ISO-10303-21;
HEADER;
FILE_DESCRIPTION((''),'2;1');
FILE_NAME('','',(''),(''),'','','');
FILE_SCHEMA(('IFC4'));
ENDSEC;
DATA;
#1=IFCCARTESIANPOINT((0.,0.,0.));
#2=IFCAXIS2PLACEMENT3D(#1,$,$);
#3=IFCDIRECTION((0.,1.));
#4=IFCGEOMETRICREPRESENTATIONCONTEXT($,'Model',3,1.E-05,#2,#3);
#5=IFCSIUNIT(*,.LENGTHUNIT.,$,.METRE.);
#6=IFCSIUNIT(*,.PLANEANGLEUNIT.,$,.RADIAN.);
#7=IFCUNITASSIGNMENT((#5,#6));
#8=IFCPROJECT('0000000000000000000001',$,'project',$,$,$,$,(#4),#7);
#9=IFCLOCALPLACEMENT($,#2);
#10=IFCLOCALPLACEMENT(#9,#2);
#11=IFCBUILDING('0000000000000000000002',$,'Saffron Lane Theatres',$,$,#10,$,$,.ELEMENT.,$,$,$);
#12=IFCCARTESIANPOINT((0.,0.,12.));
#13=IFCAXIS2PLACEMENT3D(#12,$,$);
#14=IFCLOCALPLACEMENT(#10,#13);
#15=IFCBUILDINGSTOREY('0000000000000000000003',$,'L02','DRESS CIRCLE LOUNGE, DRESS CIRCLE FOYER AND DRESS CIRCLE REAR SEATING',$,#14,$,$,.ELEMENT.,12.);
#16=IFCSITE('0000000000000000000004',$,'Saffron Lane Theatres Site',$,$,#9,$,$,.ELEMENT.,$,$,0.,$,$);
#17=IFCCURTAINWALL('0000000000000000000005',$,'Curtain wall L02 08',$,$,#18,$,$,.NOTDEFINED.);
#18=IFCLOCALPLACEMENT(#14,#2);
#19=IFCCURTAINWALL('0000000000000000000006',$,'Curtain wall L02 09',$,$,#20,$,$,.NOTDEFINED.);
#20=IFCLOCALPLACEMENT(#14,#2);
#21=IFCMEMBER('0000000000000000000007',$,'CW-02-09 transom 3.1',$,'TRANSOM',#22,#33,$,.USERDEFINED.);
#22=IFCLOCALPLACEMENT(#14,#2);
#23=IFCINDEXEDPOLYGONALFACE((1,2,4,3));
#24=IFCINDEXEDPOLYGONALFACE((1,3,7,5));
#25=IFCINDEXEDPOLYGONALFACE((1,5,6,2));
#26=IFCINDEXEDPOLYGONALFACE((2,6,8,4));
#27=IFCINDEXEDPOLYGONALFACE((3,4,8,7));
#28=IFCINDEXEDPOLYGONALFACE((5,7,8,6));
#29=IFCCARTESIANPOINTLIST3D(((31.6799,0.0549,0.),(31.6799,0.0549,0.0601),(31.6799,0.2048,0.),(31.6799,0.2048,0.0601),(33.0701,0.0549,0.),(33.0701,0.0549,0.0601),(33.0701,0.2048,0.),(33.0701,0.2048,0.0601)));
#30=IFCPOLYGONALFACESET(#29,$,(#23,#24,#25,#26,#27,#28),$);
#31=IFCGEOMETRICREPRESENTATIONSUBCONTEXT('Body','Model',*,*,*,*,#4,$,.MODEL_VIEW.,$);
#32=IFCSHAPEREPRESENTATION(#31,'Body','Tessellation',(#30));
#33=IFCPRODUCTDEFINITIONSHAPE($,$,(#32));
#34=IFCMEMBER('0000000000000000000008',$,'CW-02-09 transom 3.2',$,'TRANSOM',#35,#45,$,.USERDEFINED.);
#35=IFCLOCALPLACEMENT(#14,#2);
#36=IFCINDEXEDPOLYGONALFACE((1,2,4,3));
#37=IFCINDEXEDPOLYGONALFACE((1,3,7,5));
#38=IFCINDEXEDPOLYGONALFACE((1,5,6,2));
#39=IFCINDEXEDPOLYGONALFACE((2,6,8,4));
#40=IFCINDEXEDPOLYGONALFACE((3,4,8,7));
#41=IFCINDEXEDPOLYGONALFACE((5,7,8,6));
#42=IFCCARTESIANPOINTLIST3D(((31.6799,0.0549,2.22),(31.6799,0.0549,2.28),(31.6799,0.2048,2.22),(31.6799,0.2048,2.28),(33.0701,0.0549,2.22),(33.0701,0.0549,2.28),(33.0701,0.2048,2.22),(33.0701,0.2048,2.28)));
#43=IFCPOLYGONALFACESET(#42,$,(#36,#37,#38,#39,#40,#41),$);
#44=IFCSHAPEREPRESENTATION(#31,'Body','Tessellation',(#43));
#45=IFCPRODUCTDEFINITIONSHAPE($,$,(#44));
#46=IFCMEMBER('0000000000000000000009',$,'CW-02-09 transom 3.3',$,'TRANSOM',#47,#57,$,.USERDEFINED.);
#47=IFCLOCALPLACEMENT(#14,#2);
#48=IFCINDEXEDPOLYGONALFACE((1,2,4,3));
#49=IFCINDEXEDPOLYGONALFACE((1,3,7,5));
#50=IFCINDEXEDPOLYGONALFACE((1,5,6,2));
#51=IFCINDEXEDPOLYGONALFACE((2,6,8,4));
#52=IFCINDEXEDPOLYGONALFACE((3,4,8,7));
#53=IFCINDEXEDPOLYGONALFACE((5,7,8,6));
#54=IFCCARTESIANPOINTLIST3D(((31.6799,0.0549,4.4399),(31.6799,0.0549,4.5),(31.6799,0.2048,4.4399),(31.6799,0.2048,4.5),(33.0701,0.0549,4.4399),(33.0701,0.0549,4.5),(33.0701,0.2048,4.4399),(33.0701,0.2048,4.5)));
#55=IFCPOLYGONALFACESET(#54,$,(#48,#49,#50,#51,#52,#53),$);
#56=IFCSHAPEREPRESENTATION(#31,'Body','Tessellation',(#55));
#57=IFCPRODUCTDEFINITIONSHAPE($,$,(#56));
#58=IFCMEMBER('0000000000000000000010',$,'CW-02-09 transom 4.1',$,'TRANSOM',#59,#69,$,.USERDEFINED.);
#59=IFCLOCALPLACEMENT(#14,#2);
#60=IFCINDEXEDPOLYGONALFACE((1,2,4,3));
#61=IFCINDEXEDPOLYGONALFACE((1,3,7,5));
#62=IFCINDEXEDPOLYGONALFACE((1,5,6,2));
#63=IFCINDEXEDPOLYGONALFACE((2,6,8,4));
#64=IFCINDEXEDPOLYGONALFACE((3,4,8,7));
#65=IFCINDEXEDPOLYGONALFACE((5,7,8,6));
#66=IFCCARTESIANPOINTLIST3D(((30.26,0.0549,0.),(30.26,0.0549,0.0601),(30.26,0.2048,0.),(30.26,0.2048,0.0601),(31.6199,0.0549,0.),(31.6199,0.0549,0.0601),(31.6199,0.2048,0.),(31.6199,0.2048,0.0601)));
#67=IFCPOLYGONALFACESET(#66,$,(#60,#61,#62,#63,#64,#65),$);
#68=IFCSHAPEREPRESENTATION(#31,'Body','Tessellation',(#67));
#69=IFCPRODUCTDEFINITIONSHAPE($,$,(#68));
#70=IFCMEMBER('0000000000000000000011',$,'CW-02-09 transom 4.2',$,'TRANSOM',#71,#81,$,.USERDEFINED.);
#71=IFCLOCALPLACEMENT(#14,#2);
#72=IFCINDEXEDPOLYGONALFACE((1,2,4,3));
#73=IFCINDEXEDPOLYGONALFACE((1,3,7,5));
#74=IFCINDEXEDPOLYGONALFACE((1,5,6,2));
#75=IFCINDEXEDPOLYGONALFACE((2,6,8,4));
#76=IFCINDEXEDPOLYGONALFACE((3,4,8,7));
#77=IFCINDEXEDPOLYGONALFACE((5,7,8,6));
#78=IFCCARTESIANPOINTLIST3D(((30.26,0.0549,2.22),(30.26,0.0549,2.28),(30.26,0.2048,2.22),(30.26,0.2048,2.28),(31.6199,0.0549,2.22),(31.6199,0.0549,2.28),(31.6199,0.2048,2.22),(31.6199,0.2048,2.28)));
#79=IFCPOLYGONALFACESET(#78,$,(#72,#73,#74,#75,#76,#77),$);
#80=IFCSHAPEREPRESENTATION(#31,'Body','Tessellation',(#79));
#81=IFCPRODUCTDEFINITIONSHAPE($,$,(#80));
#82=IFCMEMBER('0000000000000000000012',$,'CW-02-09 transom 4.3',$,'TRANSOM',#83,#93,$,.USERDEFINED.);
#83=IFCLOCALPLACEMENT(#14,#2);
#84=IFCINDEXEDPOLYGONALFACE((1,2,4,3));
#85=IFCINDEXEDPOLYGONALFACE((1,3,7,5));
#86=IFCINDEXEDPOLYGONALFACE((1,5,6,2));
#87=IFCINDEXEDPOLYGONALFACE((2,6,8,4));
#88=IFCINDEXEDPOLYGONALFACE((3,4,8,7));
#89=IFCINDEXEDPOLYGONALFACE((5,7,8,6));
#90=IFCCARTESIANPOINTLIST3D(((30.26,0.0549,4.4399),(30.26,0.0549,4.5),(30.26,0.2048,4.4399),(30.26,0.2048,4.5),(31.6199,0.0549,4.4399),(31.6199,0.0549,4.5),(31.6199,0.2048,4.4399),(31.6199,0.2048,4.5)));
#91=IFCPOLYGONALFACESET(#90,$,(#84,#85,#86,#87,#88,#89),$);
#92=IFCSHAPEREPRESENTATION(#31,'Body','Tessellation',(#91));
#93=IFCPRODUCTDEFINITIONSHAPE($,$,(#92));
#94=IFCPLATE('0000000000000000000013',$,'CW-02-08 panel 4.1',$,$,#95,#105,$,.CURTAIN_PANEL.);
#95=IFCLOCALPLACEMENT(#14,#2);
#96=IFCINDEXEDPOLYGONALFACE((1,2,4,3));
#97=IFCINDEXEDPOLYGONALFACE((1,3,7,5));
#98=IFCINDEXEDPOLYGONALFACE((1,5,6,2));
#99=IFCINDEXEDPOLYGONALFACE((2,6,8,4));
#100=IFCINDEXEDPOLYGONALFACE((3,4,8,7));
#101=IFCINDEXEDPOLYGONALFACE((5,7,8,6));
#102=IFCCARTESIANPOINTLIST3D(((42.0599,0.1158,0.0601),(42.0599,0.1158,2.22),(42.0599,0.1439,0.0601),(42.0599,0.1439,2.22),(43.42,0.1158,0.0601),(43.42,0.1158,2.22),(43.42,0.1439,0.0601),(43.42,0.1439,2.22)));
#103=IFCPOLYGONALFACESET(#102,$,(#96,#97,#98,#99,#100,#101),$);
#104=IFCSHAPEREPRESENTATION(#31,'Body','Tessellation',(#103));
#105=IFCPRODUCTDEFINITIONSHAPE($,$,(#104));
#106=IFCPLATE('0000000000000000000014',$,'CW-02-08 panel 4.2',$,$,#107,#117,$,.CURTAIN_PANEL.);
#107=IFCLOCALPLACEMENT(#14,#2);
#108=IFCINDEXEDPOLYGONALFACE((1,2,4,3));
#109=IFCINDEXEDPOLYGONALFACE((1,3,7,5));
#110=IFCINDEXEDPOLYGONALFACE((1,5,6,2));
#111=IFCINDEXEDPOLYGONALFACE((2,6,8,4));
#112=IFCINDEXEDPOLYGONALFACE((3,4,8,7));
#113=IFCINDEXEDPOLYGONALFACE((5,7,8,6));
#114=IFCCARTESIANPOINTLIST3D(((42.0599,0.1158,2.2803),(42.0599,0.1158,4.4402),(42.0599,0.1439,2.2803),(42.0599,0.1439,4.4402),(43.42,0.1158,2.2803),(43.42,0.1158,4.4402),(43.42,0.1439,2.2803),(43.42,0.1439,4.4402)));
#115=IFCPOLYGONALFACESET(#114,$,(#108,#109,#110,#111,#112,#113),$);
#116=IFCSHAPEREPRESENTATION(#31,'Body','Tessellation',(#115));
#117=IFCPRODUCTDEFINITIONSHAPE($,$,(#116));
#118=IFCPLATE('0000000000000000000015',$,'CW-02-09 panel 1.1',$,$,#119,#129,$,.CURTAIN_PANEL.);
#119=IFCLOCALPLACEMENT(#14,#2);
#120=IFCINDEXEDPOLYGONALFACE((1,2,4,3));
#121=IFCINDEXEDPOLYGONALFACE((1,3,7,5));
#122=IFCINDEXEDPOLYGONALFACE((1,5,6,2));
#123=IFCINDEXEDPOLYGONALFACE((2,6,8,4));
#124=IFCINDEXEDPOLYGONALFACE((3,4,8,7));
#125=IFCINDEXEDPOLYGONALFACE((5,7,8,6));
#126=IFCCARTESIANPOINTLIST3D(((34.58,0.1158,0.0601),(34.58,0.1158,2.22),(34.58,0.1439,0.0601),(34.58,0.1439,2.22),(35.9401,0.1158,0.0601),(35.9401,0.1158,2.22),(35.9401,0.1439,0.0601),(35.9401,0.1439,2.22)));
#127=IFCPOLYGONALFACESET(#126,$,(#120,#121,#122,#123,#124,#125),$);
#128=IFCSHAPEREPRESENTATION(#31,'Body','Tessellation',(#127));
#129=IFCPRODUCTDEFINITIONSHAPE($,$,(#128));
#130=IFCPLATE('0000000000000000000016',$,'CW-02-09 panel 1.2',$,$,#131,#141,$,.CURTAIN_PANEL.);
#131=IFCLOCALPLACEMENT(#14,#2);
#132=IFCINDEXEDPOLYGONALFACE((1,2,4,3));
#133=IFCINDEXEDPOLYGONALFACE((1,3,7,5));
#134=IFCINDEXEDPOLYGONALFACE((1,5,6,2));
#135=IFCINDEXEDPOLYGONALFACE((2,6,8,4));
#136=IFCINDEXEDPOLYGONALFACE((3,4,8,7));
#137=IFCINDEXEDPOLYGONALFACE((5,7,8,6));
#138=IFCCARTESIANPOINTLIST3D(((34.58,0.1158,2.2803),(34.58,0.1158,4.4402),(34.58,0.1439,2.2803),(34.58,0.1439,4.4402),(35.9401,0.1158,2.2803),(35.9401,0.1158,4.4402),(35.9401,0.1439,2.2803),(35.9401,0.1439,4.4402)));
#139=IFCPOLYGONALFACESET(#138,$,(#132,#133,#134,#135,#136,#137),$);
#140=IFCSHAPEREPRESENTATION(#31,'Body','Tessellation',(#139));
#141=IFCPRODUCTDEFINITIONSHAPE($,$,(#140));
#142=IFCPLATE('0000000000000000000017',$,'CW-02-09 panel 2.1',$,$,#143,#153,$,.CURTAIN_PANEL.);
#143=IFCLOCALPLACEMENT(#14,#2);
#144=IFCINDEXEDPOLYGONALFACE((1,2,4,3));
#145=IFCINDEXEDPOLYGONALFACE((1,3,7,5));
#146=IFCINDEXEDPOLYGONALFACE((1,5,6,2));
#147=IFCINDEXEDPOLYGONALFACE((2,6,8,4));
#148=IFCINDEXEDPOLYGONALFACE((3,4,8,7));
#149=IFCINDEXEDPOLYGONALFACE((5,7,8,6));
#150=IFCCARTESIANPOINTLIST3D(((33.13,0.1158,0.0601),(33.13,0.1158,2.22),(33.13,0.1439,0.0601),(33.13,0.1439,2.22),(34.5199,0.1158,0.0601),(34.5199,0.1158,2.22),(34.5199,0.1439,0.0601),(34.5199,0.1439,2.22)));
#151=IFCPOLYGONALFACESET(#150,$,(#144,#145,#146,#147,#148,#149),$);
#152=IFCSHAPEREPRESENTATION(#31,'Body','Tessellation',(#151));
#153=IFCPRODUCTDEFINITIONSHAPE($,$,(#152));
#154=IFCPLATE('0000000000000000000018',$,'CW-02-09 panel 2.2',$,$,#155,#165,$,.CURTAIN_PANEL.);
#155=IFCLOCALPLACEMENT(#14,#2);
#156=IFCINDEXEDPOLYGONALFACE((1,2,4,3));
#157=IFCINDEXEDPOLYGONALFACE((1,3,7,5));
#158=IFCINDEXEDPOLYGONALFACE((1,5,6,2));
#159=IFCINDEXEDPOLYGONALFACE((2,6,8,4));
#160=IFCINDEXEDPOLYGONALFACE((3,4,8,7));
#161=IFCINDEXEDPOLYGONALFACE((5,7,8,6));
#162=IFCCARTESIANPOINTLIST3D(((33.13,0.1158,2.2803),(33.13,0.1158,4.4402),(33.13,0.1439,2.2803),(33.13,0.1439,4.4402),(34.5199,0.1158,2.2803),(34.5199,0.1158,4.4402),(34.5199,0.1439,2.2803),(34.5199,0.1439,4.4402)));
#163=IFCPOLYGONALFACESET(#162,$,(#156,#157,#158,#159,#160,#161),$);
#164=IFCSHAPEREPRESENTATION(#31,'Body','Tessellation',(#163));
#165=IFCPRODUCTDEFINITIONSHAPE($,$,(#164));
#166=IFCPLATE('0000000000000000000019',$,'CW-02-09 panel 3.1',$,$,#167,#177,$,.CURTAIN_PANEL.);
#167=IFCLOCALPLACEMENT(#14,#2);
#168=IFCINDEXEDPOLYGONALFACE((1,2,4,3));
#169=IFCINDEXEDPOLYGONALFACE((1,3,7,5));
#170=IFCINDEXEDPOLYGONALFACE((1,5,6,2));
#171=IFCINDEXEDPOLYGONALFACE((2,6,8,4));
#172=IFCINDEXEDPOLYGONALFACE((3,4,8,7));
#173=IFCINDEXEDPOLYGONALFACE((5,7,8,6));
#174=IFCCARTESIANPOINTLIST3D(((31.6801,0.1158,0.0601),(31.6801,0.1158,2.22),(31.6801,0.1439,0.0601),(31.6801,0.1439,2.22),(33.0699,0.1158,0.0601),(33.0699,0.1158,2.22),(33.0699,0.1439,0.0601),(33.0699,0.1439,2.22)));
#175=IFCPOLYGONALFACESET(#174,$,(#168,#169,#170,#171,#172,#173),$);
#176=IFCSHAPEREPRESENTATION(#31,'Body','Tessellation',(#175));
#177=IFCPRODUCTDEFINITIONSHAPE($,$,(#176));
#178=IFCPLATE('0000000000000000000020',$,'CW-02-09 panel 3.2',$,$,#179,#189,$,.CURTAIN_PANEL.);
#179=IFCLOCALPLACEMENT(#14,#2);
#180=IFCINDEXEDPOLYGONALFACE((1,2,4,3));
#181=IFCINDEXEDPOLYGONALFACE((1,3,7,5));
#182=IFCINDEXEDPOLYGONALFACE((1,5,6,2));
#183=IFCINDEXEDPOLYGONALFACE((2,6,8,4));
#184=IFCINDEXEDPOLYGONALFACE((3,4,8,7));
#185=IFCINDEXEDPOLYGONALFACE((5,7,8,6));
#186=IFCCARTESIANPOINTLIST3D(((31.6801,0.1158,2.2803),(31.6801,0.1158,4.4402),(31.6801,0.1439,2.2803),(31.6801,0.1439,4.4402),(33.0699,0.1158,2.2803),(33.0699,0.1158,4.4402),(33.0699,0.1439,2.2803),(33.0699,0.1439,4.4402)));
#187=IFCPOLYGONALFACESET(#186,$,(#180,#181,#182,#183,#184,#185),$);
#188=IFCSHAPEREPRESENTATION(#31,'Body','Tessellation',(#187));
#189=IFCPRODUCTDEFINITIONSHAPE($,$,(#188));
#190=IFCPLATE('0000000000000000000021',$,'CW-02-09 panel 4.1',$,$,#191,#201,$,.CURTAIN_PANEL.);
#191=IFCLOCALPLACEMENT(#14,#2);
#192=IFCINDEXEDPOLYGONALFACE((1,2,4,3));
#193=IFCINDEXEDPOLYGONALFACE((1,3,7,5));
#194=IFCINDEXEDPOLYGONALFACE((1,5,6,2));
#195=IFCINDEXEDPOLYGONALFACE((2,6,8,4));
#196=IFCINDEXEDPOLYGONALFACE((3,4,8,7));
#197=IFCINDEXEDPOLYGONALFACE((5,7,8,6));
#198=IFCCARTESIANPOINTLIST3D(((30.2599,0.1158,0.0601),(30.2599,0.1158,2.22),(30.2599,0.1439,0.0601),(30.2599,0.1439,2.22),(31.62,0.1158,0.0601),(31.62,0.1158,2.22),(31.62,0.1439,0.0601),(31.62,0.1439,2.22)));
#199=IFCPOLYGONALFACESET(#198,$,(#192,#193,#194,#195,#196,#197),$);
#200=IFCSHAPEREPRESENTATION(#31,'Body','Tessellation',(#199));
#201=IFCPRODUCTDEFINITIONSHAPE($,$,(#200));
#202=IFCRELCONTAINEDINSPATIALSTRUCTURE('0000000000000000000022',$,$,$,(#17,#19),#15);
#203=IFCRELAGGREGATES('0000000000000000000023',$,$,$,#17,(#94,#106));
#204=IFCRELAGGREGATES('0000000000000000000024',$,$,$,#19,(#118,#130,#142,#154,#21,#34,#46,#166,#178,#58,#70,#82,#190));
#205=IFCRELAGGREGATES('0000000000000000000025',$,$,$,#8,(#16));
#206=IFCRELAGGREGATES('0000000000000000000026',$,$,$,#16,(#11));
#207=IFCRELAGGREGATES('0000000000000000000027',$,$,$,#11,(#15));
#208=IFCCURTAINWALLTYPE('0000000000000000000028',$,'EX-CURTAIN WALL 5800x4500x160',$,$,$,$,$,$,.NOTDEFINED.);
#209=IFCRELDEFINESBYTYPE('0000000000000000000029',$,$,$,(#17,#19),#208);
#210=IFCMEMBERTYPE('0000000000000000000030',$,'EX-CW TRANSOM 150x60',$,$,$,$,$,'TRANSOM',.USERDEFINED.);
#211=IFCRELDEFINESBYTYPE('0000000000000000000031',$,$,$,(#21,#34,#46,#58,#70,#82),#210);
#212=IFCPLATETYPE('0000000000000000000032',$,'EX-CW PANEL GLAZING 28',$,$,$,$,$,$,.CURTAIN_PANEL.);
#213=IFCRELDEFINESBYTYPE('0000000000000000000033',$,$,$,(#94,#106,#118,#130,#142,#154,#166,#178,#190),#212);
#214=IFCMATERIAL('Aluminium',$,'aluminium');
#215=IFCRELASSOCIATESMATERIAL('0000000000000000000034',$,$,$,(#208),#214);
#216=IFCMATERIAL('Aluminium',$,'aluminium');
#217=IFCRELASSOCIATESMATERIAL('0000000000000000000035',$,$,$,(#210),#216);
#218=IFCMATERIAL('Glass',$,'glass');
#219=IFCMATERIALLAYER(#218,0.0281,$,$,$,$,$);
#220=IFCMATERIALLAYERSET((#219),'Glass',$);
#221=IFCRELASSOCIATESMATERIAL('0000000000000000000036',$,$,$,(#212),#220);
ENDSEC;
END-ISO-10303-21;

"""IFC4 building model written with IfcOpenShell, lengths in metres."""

from ifc_helpers import new_model, si_unit, direction, frame, origin, origin_2d, place, context, subcontext, project, spatial, rectangle, extrude, material, layer, layer_set, material_profile, profile_set, type_object, element, aggregate, save


model = new_model("IFC4")

# Units and contexts
model_context = context("Model", 3, precision=1e-05, world=origin(), true_north=direction((0.0, 1.0)))
body_context = subcontext(model_context, "Body", "Model", "MODEL_VIEW")
ifc_project = project(units=[si_unit("LENGTHUNIT", "METRE"), si_unit("PLANEANGLEUNIT", "RADIAN")], contexts=[model_context])

# Site, building, storey
site_placement = place(None, origin())
site = spatial("IfcSite", under=ifc_project, at=site_placement, Name="Saffron Lane Theatres Site", CompositionType="ELEMENT", RefElevation=0.0)
building_placement = place(site_placement, origin())
building = spatial("IfcBuilding", under=site, at=building_placement, Name="Saffron Lane Theatres", CompositionType="ELEMENT")
storey_placement = place(building_placement, frame((0.0, 0.0, 12.0)))
storey = spatial("IfcBuildingStorey", under=building, at=storey_placement, Name="L02", Description="DRESS CIRCLE LOUNGE, DRESS CIRCLE FOYER AND DRESS CIRCLE REAR SEATING", CompositionType="ELEMENT", Elevation=12.0)

# Curtain walls
ifc_material_1 = material(Name="Aluminium", Category="aluminium")
curtain_wall_type = type_object("IfcCurtainWallType", Name="EX-CURTAIN WALL 5800x4500x160", PredefinedType="NOTDEFINED", material=ifc_material_1)
curtain_wall_1_placement = place(storey_placement, origin())
curtain_wall_1 = element("IfcCurtainWall", 1, at=curtain_wall_1_placement, inside=storey, type_object=curtain_wall_type, Name="Curtain wall L02 08", PredefinedType="NOTDEFINED")
curtain_wall_2_placement = place(storey_placement, origin())
curtain_wall_2 = element("IfcCurtainWall", 2, at=curtain_wall_2_placement, inside=storey, type_object=curtain_wall_type, Name="Curtain wall L02 09", PredefinedType="NOTDEFINED")

# Members
ifc_material_2 = material(Name="Aluminium", Category="aluminium")
ifc_material_profile_1 = material_profile(ifc_material_2, rectangle(XDim=0.1499, YDim=0.0601, at=origin_2d()))
ifc_profile_set_1 = profile_set([ifc_material_profile_1], Name="Aluminium")
member_type_1 = type_object("IfcMemberType", Name="EX-CW TRANSOM 150x60", ElementType="TRANSOM", PredefinedType="USERDEFINED", material=ifc_profile_set_1)
member_1_placement = place(storey_placement, frame((33.0701, 0.1299, 0.03), z_axis=(-1.0, 0.0, 0.0), x_axis=(0.0, -1.0, 0.0)))
member_1 = element("IfcMember", 3, at=member_1_placement, type_object=member_type_1, Name="CW-02-09 transom 3.1", ObjectType="TRANSOM", PredefinedType="USERDEFINED", context=body_context, shape_type="SweptSolid", body=[
    extrude(rectangle(XDim=0.1499, YDim=0.0601, at=origin_2d()), origin(), (0.0, 0.0, 1.0), 1.3901),
])
member_2_placement = place(storey_placement, frame((33.0701, 0.1299, 2.25), z_axis=(-1.0, 0.0, 0.0), x_axis=(0.0, -1.0, 0.0)))
member_2 = element("IfcMember", 4, at=member_2_placement, type_object=member_type_1, Name="CW-02-09 transom 3.2", ObjectType="TRANSOM", PredefinedType="USERDEFINED", context=body_context, shape_type="SweptSolid", body=[
    extrude(rectangle(XDim=0.1499, YDim=0.0601, at=origin_2d()), origin(), (0.0, 0.0, 1.0), 1.3901),
])
member_3_placement = place(storey_placement, frame((33.0701, 0.1299, 4.47), z_axis=(-1.0, 0.0, 0.0), x_axis=(0.0, -1.0, 0.0)))
member_3 = element("IfcMember", 5, at=member_3_placement, type_object=member_type_1, Name="CW-02-09 transom 3.3", ObjectType="TRANSOM", PredefinedType="USERDEFINED", context=body_context, shape_type="SweptSolid", body=[
    extrude(rectangle(XDim=0.1499, YDim=0.0601, at=origin_2d()), origin(), (0.0, 0.0, 1.0), 1.3901),
])
member_4_placement = place(storey_placement, frame((31.6199, 0.1299, 0.03), z_axis=(-1.0, 0.0, 0.0), x_axis=(0.0, -1.0, 0.0)))
member_4 = element("IfcMember", 6, at=member_4_placement, type_object=member_type_1, Name="CW-02-09 transom 4.1", ObjectType="TRANSOM", PredefinedType="USERDEFINED", context=body_context, shape_type="SweptSolid", body=[
    extrude(rectangle(XDim=0.1499, YDim=0.0601, at=origin_2d()), origin(), (0.0, 0.0, 1.0), 1.3599),
])
member_5_placement = place(storey_placement, frame((31.6199, 0.1299, 2.25), z_axis=(-1.0, 0.0, 0.0), x_axis=(0.0, -1.0, 0.0)))
member_5 = element("IfcMember", 7, at=member_5_placement, type_object=member_type_1, Name="CW-02-09 transom 4.2", ObjectType="TRANSOM", PredefinedType="USERDEFINED", context=body_context, shape_type="SweptSolid", body=[
    extrude(rectangle(XDim=0.1499, YDim=0.0601, at=origin_2d()), origin(), (0.0, 0.0, 1.0), 1.3599),
])
member_6_placement = place(storey_placement, frame((31.6199, 0.1299, 4.47), z_axis=(-1.0, 0.0, 0.0), x_axis=(0.0, -1.0, 0.0)))
member_6 = element("IfcMember", 8, at=member_6_placement, type_object=member_type_1, Name="CW-02-09 transom 4.3", ObjectType="TRANSOM", PredefinedType="USERDEFINED", context=body_context, shape_type="SweptSolid", body=[
    extrude(rectangle(XDim=0.1499, YDim=0.0601, at=origin_2d()), origin(), (0.0, 0.0, 1.0), 1.3599),
])

# Plates
ifc_material_3 = material(Name="Glass", Category="glass")
ifc_layer_1 = layer(ifc_material_3, 0.0281)
ifc_layer_set_1 = layer_set([ifc_layer_1], Name="Glass")
plate_type = type_object("IfcPlateType", Name="EX-CW PANEL GLAZING 28", PredefinedType="CURTAIN_PANEL", material=ifc_layer_set_1)
plate_1_placement = place(storey_placement, frame((42.74, 0.1299, 0.0601), z_axis=(0.0, 0.0, 1.0), x_axis=(-1.0, 0.0, 0.0)))
plate_1 = element("IfcPlate", 9, at=plate_1_placement, type_object=plate_type, Name="CW-02-08 panel 4.1", PredefinedType="CURTAIN_PANEL", context=body_context, shape_type="SweptSolid", body=[
    extrude(rectangle(XDim=1.3601, YDim=0.0281, at=origin_2d()), origin(), (0.0, 0.0, 1.0), 2.1599),
])
plate_2_placement = place(storey_placement, frame((42.74, 0.1299, 2.2803), z_axis=(0.0, 0.0, 1.0), x_axis=(-1.0, 0.0, 0.0)))
plate_2 = element("IfcPlate", 10, at=plate_2_placement, type_object=plate_type, Name="CW-02-08 panel 4.2", PredefinedType="CURTAIN_PANEL", context=body_context, shape_type="SweptSolid", body=[
    extrude(rectangle(XDim=1.3601, YDim=0.0281, at=origin_2d()), origin(), (0.0, 0.0, 1.0), 2.1599),
])
aggregate(curtain_wall_1, [plate_1, plate_2])
plate_3_placement = place(storey_placement, frame((35.26, 0.1299, 0.0601), z_axis=(0.0, 0.0, 1.0), x_axis=(-1.0, 0.0, 0.0)))
plate_3 = element("IfcPlate", 11, at=plate_3_placement, type_object=plate_type, Name="CW-02-09 panel 1.1", PredefinedType="CURTAIN_PANEL", context=body_context, shape_type="SweptSolid", body=[
    extrude(rectangle(XDim=1.3601, YDim=0.0281, at=origin_2d()), origin(), (0.0, 0.0, 1.0), 2.1599),
])
plate_4_placement = place(storey_placement, frame((35.26, 0.1299, 2.2803), z_axis=(0.0, 0.0, 1.0), x_axis=(-1.0, 0.0, 0.0)))
plate_4 = element("IfcPlate", 12, at=plate_4_placement, type_object=plate_type, Name="CW-02-09 panel 1.2", PredefinedType="CURTAIN_PANEL", context=body_context, shape_type="SweptSolid", body=[
    extrude(rectangle(XDim=1.3601, YDim=0.0281, at=origin_2d()), origin(), (0.0, 0.0, 1.0), 2.1599),
])
plate_5_placement = place(storey_placement, frame((33.825, 0.1299, 0.0601), z_axis=(0.0, 0.0, 1.0), x_axis=(-1.0, 0.0, 0.0)))
plate_5 = element("IfcPlate", 13, at=plate_5_placement, type_object=plate_type, Name="CW-02-09 panel 2.1", PredefinedType="CURTAIN_PANEL", context=body_context, shape_type="SweptSolid", body=[
    extrude(rectangle(XDim=1.3899, YDim=0.0281, at=origin_2d()), origin(), (0.0, 0.0, 1.0), 2.1599),
])
plate_6_placement = place(storey_placement, frame((33.825, 0.1299, 2.2803), z_axis=(0.0, 0.0, 1.0), x_axis=(-1.0, 0.0, 0.0)))
plate_6 = element("IfcPlate", 14, at=plate_6_placement, type_object=plate_type, Name="CW-02-09 panel 2.2", PredefinedType="CURTAIN_PANEL", context=body_context, shape_type="SweptSolid", body=[
    extrude(rectangle(XDim=1.3899, YDim=0.0281, at=origin_2d()), origin(), (0.0, 0.0, 1.0), 2.1599),
])
plate_7_placement = place(storey_placement, frame((32.375, 0.1299, 0.0601), z_axis=(0.0, 0.0, 1.0), x_axis=(-1.0, 0.0, 0.0)))
plate_7 = element("IfcPlate", 15, at=plate_7_placement, type_object=plate_type, Name="CW-02-09 panel 3.1", PredefinedType="CURTAIN_PANEL", context=body_context, shape_type="SweptSolid", body=[
    extrude(rectangle(XDim=1.3899, YDim=0.0281, at=origin_2d()), origin(), (0.0, 0.0, 1.0), 2.1599),
])
plate_8_placement = place(storey_placement, frame((32.375, 0.1299, 2.2803), z_axis=(0.0, 0.0, 1.0), x_axis=(-1.0, 0.0, 0.0)))
plate_8 = element("IfcPlate", 16, at=plate_8_placement, type_object=plate_type, Name="CW-02-09 panel 3.2", PredefinedType="CURTAIN_PANEL", context=body_context, shape_type="SweptSolid", body=[
    extrude(rectangle(XDim=1.3899, YDim=0.0281, at=origin_2d()), origin(), (0.0, 0.0, 1.0), 2.1599),
])
plate_9_placement = place(storey_placement, frame((30.9399, 0.1299, 0.0601), z_axis=(0.0, 0.0, 1.0), x_axis=(-1.0, 0.0, 0.0)))
plate_9 = element("IfcPlate", 17, at=plate_9_placement, type_object=plate_type, Name="CW-02-09 panel 4.1", PredefinedType="CURTAIN_PANEL", context=body_context, shape_type="SweptSolid", body=[
    extrude(rectangle(XDim=1.3601, YDim=0.0281, at=origin_2d()), origin(), (0.0, 0.0, 1.0), 2.1599),
])
aggregate(curtain_wall_2, [plate_3, plate_4, plate_5, plate_6, member_1, member_2, member_3, plate_7, plate_8, member_4, member_5, member_6, plate_9])

save(model, "model.ifc")
